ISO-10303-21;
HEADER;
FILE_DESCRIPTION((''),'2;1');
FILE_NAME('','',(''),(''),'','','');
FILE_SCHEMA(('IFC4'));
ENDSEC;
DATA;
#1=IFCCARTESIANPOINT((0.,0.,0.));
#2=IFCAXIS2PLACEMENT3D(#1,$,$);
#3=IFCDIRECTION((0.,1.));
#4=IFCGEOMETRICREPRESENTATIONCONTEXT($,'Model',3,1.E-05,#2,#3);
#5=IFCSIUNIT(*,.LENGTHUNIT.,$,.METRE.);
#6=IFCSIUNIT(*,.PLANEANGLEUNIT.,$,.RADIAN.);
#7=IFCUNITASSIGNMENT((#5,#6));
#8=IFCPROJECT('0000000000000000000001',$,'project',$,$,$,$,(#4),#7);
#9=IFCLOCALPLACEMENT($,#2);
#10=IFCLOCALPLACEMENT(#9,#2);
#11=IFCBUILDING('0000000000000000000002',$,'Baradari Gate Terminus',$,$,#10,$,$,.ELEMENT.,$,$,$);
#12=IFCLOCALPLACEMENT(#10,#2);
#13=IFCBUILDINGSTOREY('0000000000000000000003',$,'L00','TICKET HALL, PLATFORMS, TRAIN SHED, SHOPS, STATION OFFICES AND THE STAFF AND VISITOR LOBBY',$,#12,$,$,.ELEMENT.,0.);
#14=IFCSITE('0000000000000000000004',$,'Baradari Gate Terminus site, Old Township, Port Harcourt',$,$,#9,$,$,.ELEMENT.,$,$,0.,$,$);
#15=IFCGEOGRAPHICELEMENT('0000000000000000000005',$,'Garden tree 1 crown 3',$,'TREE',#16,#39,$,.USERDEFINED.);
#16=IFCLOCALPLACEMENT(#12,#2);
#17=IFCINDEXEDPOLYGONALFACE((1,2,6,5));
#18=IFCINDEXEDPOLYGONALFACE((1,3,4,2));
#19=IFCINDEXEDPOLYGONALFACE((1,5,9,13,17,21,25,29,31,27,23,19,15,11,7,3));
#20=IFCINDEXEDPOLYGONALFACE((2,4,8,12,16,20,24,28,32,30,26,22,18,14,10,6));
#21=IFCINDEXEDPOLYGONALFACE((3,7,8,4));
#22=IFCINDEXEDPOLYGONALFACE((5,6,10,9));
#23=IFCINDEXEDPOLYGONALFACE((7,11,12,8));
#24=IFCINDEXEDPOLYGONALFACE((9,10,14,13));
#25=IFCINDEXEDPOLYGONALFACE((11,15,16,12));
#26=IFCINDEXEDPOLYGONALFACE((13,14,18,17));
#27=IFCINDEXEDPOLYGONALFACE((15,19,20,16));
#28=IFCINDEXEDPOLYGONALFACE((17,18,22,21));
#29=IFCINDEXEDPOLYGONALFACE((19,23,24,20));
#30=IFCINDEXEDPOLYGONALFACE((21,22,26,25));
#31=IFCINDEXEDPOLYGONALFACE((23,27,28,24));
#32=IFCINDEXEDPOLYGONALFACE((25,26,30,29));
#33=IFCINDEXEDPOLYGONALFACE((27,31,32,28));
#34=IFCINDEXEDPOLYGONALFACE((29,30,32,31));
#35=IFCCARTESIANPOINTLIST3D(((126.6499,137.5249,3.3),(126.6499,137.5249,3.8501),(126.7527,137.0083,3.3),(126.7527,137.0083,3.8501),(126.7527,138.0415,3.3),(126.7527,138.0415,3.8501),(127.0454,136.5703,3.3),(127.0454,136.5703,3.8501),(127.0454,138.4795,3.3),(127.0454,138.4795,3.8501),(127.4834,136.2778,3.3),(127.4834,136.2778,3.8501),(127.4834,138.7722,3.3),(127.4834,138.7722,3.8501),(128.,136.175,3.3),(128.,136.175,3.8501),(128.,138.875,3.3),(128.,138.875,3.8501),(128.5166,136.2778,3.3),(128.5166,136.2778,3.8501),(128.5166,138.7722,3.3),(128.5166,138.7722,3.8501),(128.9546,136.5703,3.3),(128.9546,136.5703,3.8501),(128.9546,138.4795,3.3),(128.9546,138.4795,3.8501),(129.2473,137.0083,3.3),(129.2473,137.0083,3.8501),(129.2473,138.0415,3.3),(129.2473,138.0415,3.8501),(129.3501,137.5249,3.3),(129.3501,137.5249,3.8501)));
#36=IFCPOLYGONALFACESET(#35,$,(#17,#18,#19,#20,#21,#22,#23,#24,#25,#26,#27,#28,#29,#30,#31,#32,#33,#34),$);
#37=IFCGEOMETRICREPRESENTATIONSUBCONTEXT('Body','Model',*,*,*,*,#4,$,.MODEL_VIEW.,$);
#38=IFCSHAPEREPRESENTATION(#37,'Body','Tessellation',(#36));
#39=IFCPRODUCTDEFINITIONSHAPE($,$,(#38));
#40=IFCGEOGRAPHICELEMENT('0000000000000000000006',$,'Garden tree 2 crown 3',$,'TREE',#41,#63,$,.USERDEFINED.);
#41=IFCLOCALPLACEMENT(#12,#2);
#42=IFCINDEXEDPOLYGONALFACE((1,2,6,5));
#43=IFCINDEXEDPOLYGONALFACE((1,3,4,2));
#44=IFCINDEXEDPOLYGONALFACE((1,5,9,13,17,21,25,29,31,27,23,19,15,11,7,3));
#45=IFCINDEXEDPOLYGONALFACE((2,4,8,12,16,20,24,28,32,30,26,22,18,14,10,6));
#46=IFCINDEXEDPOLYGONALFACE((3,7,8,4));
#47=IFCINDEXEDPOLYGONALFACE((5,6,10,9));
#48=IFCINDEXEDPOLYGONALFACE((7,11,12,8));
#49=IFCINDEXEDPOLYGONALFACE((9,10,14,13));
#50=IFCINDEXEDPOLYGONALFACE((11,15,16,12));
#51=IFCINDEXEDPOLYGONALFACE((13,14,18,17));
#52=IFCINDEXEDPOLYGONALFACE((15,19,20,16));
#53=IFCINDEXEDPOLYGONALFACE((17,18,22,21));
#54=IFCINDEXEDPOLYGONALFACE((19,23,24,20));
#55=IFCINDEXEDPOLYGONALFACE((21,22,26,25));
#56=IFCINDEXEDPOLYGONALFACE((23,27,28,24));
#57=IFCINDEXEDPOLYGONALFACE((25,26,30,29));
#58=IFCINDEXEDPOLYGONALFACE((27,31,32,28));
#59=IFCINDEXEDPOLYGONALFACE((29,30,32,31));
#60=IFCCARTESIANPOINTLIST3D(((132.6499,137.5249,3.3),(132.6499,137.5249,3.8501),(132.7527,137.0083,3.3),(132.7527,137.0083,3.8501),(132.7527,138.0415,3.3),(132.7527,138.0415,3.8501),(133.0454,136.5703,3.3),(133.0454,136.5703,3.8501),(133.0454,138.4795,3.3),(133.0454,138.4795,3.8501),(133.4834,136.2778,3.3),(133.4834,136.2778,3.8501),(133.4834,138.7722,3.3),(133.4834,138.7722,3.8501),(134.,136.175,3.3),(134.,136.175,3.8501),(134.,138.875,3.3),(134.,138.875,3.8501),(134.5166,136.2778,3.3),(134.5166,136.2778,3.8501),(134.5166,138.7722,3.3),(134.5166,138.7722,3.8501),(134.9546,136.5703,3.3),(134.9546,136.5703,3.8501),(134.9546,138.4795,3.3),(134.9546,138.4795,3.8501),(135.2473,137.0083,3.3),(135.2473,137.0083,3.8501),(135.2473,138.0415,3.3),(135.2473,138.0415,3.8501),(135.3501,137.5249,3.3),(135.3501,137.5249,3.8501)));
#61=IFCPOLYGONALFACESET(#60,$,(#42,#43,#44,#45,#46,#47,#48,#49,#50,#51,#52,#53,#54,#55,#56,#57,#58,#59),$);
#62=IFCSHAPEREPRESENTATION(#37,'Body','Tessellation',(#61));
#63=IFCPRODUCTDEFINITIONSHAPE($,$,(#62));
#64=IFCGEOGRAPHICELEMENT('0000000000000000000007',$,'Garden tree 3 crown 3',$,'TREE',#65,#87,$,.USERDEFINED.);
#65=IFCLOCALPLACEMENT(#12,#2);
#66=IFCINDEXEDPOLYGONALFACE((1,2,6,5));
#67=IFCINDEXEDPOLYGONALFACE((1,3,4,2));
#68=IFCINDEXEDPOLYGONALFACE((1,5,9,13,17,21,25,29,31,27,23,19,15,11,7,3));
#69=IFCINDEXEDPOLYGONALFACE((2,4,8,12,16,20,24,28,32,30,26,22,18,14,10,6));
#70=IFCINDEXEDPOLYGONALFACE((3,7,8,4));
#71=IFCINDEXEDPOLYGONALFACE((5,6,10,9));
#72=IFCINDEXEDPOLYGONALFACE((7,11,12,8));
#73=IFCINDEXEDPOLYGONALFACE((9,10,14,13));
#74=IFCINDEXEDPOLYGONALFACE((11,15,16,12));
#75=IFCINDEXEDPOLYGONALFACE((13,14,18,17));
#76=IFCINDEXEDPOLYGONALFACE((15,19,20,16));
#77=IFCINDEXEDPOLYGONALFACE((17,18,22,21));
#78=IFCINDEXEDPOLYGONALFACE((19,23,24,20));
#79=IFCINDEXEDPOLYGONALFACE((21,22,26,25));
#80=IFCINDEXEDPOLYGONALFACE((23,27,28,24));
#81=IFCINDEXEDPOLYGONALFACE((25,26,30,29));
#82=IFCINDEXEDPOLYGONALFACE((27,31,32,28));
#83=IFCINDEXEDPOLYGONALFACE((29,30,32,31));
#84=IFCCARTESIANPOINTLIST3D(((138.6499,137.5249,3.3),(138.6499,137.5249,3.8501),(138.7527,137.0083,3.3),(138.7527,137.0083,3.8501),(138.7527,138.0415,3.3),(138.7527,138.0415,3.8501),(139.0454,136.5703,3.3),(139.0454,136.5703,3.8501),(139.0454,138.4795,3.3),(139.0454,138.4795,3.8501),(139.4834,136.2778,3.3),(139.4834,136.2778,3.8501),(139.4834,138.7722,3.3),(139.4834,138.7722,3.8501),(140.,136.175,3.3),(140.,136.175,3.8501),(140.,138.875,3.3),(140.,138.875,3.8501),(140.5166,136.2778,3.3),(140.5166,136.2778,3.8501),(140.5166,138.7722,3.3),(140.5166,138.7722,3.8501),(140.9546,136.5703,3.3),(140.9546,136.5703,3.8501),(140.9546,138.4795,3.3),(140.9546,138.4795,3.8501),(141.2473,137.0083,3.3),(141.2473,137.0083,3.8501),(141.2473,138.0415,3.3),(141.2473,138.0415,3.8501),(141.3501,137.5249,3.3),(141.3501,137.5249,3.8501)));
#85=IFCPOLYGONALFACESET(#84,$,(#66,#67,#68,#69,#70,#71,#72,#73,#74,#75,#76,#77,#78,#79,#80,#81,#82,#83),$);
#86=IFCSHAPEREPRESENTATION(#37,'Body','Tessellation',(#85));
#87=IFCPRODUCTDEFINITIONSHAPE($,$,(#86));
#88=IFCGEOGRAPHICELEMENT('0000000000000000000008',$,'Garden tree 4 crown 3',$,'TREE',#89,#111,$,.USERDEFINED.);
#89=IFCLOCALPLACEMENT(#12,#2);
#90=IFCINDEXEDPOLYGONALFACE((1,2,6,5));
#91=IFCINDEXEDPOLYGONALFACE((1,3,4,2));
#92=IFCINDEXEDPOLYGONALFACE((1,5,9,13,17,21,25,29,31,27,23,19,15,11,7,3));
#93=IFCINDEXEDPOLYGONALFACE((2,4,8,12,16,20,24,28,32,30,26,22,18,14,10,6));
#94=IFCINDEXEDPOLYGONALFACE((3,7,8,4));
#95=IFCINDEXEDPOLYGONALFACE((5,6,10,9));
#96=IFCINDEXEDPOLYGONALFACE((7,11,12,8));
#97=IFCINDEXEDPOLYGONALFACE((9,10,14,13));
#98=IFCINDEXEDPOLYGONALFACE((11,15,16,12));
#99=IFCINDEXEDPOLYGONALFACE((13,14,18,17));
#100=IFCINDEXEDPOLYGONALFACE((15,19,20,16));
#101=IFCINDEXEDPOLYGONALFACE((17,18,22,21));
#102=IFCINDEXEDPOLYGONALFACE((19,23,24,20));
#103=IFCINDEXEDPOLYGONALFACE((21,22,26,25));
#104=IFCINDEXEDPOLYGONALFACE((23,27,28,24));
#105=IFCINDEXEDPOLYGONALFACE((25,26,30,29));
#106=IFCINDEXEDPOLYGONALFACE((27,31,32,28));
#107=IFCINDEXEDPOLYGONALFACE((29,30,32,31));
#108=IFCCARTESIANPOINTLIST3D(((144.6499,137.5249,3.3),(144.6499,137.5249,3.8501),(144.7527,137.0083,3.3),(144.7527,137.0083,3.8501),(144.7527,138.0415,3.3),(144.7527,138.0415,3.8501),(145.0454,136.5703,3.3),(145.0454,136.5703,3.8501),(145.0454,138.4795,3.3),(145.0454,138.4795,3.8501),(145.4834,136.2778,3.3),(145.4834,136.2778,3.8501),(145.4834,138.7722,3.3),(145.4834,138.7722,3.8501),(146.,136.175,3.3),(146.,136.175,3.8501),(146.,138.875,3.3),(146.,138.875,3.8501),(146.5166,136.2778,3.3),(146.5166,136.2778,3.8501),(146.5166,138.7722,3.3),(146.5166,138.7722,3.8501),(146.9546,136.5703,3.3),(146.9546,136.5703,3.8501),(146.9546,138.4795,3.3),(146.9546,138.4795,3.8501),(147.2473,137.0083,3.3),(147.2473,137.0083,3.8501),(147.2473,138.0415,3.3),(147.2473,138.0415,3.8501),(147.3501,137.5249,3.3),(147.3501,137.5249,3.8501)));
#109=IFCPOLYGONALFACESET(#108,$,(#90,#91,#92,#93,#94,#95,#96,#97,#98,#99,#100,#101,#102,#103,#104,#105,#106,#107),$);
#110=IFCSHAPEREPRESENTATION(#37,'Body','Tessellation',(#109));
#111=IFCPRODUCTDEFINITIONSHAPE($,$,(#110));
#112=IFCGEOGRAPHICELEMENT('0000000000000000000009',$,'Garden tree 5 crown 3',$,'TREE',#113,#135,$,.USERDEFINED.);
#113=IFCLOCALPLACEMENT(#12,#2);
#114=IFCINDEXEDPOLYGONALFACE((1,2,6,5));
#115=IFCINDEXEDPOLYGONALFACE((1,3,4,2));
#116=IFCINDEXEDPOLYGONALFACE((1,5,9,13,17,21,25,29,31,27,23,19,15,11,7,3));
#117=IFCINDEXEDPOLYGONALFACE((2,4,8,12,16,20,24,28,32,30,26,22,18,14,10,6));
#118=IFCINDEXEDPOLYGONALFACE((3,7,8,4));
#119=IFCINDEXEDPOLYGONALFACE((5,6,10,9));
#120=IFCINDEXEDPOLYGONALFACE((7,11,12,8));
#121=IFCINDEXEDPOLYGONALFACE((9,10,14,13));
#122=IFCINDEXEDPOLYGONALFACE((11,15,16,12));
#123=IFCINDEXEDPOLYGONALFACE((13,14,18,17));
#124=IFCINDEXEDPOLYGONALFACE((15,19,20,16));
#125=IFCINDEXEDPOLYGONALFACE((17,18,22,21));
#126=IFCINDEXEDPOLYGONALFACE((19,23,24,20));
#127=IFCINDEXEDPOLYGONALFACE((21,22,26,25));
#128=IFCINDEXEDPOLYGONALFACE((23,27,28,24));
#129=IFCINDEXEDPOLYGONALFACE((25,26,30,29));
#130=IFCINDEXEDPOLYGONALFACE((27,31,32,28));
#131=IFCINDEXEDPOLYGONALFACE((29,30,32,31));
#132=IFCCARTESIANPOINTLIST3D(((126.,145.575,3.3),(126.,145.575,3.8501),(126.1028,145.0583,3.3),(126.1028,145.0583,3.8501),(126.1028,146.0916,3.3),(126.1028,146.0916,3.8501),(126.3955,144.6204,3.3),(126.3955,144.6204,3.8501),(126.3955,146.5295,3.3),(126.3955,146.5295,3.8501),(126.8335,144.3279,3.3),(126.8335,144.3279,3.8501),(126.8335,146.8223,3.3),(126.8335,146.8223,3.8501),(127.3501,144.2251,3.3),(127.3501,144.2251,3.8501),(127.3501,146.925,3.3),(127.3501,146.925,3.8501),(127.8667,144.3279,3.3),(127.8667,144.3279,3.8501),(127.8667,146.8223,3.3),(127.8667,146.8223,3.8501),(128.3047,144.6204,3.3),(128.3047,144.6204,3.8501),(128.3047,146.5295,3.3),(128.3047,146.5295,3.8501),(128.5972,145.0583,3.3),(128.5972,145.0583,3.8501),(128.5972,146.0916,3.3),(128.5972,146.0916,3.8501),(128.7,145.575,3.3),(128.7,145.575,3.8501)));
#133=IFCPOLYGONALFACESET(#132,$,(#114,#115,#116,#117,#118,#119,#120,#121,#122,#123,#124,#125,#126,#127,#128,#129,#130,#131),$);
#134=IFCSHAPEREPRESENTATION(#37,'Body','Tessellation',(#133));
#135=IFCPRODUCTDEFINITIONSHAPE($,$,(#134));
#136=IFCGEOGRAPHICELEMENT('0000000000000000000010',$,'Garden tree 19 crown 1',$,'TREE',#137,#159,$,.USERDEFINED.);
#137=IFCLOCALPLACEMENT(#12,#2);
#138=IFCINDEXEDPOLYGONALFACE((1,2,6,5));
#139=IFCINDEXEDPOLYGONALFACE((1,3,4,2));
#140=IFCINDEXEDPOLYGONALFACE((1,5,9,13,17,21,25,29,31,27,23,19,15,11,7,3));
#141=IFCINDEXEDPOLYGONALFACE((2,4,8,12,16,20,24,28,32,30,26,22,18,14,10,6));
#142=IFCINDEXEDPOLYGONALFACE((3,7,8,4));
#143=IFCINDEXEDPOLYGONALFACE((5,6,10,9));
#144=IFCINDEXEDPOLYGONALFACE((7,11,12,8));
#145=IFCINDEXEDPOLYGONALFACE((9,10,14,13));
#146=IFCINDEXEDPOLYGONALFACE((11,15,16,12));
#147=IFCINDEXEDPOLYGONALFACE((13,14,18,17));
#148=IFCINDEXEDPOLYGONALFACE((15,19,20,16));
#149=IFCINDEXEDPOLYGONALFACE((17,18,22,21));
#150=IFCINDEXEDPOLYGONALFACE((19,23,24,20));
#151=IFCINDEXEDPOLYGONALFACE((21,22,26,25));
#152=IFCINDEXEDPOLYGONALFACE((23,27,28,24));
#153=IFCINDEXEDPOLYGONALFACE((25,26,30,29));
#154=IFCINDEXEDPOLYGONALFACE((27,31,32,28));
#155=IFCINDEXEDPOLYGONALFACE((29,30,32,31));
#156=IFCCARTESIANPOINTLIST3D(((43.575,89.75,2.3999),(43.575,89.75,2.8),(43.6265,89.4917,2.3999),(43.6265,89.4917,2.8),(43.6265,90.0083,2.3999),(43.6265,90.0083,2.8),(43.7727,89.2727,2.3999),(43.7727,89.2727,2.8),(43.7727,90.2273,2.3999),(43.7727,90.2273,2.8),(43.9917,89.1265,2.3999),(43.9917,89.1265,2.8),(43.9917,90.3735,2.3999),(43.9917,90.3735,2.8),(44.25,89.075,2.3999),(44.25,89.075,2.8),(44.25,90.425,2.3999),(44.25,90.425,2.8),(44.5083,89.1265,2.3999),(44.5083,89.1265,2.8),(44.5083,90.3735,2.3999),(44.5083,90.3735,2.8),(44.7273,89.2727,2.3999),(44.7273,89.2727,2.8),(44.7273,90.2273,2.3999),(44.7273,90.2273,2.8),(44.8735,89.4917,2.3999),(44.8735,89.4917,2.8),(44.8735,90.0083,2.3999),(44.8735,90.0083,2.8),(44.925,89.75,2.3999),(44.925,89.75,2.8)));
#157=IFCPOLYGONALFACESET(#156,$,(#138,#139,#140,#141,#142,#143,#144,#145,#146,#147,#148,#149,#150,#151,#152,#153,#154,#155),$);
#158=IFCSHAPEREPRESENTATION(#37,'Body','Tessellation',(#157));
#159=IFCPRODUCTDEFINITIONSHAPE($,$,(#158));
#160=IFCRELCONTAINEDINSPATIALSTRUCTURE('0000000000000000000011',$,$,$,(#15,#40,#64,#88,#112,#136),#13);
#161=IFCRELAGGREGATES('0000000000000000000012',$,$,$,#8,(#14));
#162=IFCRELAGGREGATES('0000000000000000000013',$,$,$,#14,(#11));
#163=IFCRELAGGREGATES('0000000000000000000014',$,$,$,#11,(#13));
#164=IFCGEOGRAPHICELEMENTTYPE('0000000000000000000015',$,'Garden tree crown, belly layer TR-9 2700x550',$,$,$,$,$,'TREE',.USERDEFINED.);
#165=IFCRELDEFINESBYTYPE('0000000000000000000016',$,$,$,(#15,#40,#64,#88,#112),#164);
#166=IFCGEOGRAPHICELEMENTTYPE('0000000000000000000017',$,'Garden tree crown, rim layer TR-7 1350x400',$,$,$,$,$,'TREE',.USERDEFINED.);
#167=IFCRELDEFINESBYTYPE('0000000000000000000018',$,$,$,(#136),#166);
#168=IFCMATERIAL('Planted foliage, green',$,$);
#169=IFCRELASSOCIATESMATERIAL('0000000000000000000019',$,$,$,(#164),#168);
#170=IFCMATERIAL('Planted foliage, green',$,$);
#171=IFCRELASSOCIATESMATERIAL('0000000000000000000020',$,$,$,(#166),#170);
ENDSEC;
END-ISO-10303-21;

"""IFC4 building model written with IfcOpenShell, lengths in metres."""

from ifc_helpers import new_model, si_unit, direction, frame, origin, place, context, subcontext, project, spatial, polyline, outline, extrude, material, type_object, element, save


model = new_model("IFC4")

# Units and contexts
model_context = context("Model", 3, precision=1e-05, world=origin(), true_north=direction((0.0, 1.0)))
body_context = subcontext(model_context, "Body", "Model", "MODEL_VIEW")
ifc_project = project(units=[si_unit("LENGTHUNIT", "METRE"), si_unit("PLANEANGLEUNIT", "RADIAN")], contexts=[model_context])

# Site, building, storey
site_placement = place(None, origin())
site = spatial("IfcSite", under=ifc_project, at=site_placement, Name="Baradari Gate Terminus site, Old Township, Port Harcourt", CompositionType="ELEMENT", RefElevation=0.0)
building_placement = place(site_placement, origin())
building = spatial("IfcBuilding", under=site, at=building_placement, Name="Baradari Gate Terminus", CompositionType="ELEMENT")
storey_placement = place(building_placement, origin())
storey = spatial("IfcBuildingStorey", under=building, at=storey_placement, Name="L00", Description="TICKET HALL, PLATFORMS, TRAIN SHED, SHOPS, STATION OFFICES AND THE STAFF AND VISITOR LOBBY", CompositionType="ELEMENT", Elevation=0.0)

# Geographic elements
ifc_material_1 = material(Name="Planted foliage, green")
geographic_element_type_1 = type_object("IfcGeographicElementType", Name="Garden tree crown, belly layer TR-9 2700x550", ElementType="TREE", PredefinedType="USERDEFINED", material=ifc_material_1)
geographic_element_1_placement = place(storey_placement, frame((0.0, 0.0, 3.3)))
element("IfcGeographicElement", 1, at=geographic_element_1_placement, inside=storey, type_object=geographic_element_type_1, Name="Garden tree 1 crown 3", ObjectType="TREE", PredefinedType="USERDEFINED", context=body_context, shape_type="SweptSolid", body=[
    extrude(outline(polyline([(129.3501, 137.5249), (129.2473, 138.0415), (128.9546, 138.4795), (128.5166, 138.7722), (128.0, 138.875), (127.4834, 138.7722), (127.0454, 138.4795), (126.7527, 138.0415), (126.6499, 137.5249), (126.7527, 137.0083), (127.0454, 136.5703), (127.4834, 136.2778), (128.0, 136.175), (128.5166, 136.2778), (128.9546, 136.5703), (129.2473, 137.0083), (129.3501, 137.5249)])), origin(), (0.0, 0.0, 1.0), 0.55),
])
geographic_element_2_placement = place(storey_placement, frame((0.0, 0.0, 3.3)))
element("IfcGeographicElement", 2, at=geographic_element_2_placement, inside=storey, type_object=geographic_element_type_1, Name="Garden tree 2 crown 3", ObjectType="TREE", PredefinedType="USERDEFINED", context=body_context, shape_type="SweptSolid", body=[
    extrude(outline(polyline([(135.3501, 137.5249), (135.2473, 138.0415), (134.9546, 138.4795), (134.5166, 138.7722), (134.0, 138.875), (133.4834, 138.7722), (133.0454, 138.4795), (132.7527, 138.0415), (132.6499, 137.5249), (132.7527, 137.0083), (133.0454, 136.5703), (133.4834, 136.2778), (134.0, 136.175), (134.5166, 136.2778), (134.9546, 136.5703), (135.2473, 137.0083), (135.3501, 137.5249)])), origin(), (0.0, 0.0, 1.0), 0.55),
])
geographic_element_3_placement = place(storey_placement, frame((0.0, 0.0, 3.3)))
element("IfcGeographicElement", 3, at=geographic_element_3_placement, inside=storey, type_object=geographic_element_type_1, Name="Garden tree 3 crown 3", ObjectType="TREE", PredefinedType="USERDEFINED", context=body_context, shape_type="SweptSolid", body=[
    extrude(outline(polyline([(141.3501, 137.5249), (141.2473, 138.0415), (140.9546, 138.4795), (140.5166, 138.7722), (140.0, 138.875), (139.4834, 138.7722), (139.0454, 138.4795), (138.7527, 138.0415), (138.6499, 137.5249), (138.7527, 137.0083), (139.0454, 136.5703), (139.4834, 136.2778), (140.0, 136.175), (140.5166, 136.2778), (140.9546, 136.5703), (141.2473, 137.0083), (141.3501, 137.5249)])), origin(), (0.0, 0.0, 1.0), 0.55),
])
geographic_element_4_placement = place(storey_placement, frame((0.0, 0.0, 3.3)))
element("IfcGeographicElement", 4, at=geographic_element_4_placement, inside=storey, type_object=geographic_element_type_1, Name="Garden tree 4 crown 3", ObjectType="TREE", PredefinedType="USERDEFINED", context=body_context, shape_type="SweptSolid", body=[
    extrude(outline(polyline([(147.3501, 137.5249), (147.2473, 138.0415), (146.9546, 138.4795), (146.5166, 138.7722), (146.0, 138.875), (145.4834, 138.7722), (145.0454, 138.4795), (144.7527, 138.0415), (144.6499, 137.5249), (144.7527, 137.0083), (145.0454, 136.5703), (145.4834, 136.2778), (146.0, 136.175), (146.5166, 136.2778), (146.9546, 136.5703), (147.2473, 137.0083), (147.3501, 137.5249)])), origin(), (0.0, 0.0, 1.0), 0.55),
])
geographic_element_5_placement = place(storey_placement, frame((0.0, 0.0, 3.3)))
element("IfcGeographicElement", 5, at=geographic_element_5_placement, inside=storey, type_object=geographic_element_type_1, Name="Garden tree 5 crown 3", ObjectType="TREE", PredefinedType="USERDEFINED", context=body_context, shape_type="SweptSolid", body=[
    extrude(outline(polyline([(128.7, 145.575), (128.5972, 146.0916), (128.3047, 146.5295), (127.8667, 146.8223), (127.3501, 146.925), (126.8335, 146.8223), (126.3955, 146.5295), (126.1028, 146.0916), (126.0, 145.575), (126.1028, 145.0583), (126.3955, 144.6204), (126.8335, 144.3279), (127.3501, 144.2251), (127.8667, 144.3279), (128.3047, 144.6204), (128.5972, 145.0583), (128.7, 145.575)])), origin(), (0.0, 0.0, 1.0), 0.55),
])
ifc_material_2 = material(Name="Planted foliage, green")
geographic_element_type_2 = type_object("IfcGeographicElementType", Name="Garden tree crown, rim layer TR-7 1350x400", ElementType="TREE", PredefinedType="USERDEFINED", material=ifc_material_2)
geographic_element_6_placement = place(storey_placement, frame((0.0, 0.0, 2.3999)))
element("IfcGeographicElement", 6, at=geographic_element_6_placement, inside=storey, type_object=geographic_element_type_2, Name="Garden tree 19 crown 1", ObjectType="TREE", PredefinedType="USERDEFINED", context=body_context, shape_type="SweptSolid", body=[
    extrude(outline(polyline([(44.925, 89.75), (44.8735, 90.0083), (44.7273, 90.2273), (44.5083, 90.3735), (44.25, 90.425), (43.9917, 90.3735), (43.7727, 90.2273), (43.6265, 90.0083), (43.575, 89.75), (43.6265, 89.4917), (43.7727, 89.2727), (43.9917, 89.1265), (44.25, 89.075), (44.5083, 89.1265), (44.7273, 89.2727), (44.8735, 89.4917), (44.925, 89.75)])), origin(), (0.0, 0.0, 1.0), 0.4001),
])

save(model, "model.ifc")
